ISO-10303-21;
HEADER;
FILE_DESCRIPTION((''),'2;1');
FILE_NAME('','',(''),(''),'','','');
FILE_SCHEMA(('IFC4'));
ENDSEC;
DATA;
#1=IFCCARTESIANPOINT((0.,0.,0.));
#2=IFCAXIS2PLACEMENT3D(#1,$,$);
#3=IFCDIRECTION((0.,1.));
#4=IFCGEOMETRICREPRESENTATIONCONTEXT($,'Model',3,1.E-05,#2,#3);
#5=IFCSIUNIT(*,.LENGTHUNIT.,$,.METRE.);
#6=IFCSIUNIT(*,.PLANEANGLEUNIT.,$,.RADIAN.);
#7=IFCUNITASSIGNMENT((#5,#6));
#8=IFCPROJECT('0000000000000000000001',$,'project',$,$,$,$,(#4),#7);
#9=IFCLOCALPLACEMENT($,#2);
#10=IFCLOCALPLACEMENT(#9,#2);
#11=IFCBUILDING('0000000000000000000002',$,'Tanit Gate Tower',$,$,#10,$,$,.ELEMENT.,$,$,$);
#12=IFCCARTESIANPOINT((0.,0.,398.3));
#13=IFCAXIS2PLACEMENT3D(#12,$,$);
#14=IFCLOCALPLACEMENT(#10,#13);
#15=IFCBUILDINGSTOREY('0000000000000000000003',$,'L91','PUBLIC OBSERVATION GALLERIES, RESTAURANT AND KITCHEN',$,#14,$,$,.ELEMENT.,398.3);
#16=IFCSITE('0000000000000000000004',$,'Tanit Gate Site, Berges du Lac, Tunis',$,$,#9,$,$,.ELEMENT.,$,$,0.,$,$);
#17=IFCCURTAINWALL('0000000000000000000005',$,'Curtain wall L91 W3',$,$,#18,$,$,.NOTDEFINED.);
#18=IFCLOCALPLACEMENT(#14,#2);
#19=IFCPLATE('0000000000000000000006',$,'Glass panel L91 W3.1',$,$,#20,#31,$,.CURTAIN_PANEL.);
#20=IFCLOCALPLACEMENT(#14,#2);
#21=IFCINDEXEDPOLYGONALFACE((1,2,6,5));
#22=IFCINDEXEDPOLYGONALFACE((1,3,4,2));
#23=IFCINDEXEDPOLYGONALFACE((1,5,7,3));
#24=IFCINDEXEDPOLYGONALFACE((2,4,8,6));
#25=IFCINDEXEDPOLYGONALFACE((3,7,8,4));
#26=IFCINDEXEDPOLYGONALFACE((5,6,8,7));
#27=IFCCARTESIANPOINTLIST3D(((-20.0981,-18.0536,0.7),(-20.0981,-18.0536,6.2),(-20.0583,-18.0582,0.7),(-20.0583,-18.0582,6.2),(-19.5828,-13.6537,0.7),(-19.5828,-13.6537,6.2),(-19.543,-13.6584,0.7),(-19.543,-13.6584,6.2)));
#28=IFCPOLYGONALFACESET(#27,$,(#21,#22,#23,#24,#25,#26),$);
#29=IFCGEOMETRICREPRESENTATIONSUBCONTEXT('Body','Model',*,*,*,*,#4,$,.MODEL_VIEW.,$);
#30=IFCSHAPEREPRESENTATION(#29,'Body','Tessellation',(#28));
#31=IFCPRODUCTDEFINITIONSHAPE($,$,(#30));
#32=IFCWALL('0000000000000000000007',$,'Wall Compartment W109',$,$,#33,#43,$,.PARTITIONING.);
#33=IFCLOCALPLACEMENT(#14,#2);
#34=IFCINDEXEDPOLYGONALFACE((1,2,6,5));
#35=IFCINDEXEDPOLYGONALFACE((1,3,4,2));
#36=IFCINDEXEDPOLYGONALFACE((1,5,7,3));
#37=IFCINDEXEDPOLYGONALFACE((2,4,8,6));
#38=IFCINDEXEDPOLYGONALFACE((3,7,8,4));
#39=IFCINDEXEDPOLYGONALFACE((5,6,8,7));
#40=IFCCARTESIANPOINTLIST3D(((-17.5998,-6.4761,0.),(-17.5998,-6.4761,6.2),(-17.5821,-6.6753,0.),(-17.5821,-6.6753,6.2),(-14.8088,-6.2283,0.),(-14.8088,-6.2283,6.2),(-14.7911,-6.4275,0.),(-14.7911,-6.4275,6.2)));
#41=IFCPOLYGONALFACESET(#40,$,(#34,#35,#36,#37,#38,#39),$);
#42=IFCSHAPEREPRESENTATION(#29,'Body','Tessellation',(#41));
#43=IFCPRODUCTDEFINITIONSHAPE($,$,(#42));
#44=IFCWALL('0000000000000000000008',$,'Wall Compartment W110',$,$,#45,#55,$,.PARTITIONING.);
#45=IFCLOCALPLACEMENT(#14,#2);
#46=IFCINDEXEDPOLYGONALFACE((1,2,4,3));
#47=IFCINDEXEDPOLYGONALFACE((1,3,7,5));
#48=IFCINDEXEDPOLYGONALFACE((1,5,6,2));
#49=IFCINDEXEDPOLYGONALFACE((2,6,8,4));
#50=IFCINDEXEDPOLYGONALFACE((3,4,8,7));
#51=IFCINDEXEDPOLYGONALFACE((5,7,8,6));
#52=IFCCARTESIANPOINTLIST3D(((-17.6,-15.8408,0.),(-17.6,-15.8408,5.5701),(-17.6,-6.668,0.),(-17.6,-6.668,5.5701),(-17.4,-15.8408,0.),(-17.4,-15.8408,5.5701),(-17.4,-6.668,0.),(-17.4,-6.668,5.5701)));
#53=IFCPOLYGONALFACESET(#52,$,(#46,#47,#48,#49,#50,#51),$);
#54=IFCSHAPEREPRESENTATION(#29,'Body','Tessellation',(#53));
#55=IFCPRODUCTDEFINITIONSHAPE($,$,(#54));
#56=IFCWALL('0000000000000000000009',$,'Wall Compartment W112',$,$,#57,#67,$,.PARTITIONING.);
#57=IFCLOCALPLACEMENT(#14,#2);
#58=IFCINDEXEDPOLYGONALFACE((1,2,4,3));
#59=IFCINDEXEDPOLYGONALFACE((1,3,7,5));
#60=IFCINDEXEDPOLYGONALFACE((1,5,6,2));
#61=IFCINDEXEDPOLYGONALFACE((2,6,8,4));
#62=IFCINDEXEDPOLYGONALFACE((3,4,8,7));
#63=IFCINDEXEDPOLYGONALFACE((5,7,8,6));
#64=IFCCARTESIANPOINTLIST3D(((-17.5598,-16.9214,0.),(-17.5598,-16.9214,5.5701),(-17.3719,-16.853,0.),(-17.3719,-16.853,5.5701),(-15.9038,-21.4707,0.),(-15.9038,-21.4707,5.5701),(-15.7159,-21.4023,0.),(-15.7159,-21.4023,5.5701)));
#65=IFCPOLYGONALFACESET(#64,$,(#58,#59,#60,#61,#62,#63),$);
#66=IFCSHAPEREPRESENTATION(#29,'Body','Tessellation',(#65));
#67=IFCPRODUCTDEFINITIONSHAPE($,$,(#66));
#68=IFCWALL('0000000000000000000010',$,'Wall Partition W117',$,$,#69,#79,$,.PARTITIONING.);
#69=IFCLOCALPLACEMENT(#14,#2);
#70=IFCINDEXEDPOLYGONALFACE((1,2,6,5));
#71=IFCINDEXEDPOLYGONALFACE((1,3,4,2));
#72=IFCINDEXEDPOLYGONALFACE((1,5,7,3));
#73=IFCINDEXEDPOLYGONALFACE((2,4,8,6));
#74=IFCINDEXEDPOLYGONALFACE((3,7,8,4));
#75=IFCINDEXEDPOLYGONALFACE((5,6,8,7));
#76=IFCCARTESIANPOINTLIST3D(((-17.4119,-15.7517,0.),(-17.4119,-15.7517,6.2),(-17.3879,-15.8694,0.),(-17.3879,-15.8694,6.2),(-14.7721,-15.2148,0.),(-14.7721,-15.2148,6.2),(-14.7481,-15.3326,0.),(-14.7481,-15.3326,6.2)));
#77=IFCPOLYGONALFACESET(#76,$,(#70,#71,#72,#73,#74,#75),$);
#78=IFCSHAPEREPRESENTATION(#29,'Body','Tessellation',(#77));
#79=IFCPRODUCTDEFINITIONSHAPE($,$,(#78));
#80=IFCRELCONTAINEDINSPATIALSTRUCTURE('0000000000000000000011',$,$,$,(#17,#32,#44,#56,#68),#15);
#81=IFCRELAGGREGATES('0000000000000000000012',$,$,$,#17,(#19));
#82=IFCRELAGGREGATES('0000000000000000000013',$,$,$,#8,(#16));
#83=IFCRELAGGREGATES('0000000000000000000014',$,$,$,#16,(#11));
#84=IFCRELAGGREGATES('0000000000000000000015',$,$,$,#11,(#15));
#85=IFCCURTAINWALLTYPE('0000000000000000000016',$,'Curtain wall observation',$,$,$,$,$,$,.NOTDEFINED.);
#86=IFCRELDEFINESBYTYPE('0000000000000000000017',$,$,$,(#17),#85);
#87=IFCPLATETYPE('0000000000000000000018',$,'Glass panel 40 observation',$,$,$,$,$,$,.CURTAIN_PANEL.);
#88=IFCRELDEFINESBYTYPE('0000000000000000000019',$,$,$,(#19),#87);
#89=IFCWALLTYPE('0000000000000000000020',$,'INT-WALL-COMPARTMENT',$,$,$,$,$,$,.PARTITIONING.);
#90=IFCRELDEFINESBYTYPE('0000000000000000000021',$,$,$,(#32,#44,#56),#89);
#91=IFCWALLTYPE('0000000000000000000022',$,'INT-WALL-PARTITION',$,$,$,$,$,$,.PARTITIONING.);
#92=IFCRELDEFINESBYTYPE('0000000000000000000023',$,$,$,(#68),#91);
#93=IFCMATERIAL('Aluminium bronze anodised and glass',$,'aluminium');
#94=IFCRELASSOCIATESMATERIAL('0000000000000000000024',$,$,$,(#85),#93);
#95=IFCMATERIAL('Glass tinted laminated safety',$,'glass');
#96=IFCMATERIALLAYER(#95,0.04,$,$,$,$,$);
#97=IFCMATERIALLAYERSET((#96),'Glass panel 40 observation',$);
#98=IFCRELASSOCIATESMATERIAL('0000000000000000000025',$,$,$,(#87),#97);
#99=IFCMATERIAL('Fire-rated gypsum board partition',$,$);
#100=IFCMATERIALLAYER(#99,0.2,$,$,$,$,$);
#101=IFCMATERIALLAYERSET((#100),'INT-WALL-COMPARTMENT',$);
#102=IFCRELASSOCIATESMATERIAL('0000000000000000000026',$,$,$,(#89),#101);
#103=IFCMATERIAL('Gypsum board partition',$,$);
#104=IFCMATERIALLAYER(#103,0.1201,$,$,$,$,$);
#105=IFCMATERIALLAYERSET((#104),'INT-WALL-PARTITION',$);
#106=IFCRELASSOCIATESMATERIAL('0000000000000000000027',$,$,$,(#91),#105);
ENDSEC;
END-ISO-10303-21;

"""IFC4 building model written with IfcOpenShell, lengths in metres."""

from ifc_helpers import new_model, si_unit, direction, frame, frame_2d, origin, origin_2d, place, context, subcontext, project, spatial, rectangle, extrude, material, layer, layer_set, type_object, element, aggregate, save


model = new_model("IFC4")

# Units and contexts
model_context = context("Model", 3, precision=1e-05, world=origin(), true_north=direction((0.0, 1.0)))
body_context = subcontext(model_context, "Body", "Model", "MODEL_VIEW")
ifc_project = project(units=[si_unit("LENGTHUNIT", "METRE"), si_unit("PLANEANGLEUNIT", "RADIAN")], contexts=[model_context])

# Site, building, storey
site_placement = place(None, origin())
site = spatial("IfcSite", under=ifc_project, at=site_placement, Name="Tanit Gate Site, Berges du Lac, Tunis", CompositionType="ELEMENT", RefElevation=0.0)
building_placement = place(site_placement, origin())
building = spatial("IfcBuilding", under=site, at=building_placement, Name="Tanit Gate Tower", CompositionType="ELEMENT")
storey_placement = place(building_placement, frame((0.0, 0.0, 398.3)))
storey = spatial("IfcBuildingStorey", under=building, at=storey_placement, Name="L91", Description="PUBLIC OBSERVATION GALLERIES, RESTAURANT AND KITCHEN", CompositionType="ELEMENT", Elevation=398.3)

# Shared definitions
ifc_material_1 = material(Name="Aluminium bronze anodised and glass", Category="aluminium")
curtain_wall_type = type_object("IfcCurtainWallType", Name="Curtain wall observation", PredefinedType="NOTDEFINED", material=ifc_material_1)

# Curtain wall
curtain_wall_1_placement = place(storey_placement, origin())
curtain_wall_1 = element("IfcCurtainWall", 1, at=curtain_wall_1_placement, inside=storey, type_object=curtain_wall_type, Name="Curtain wall L91 W3", PredefinedType="NOTDEFINED")

# Plate
ifc_material_2 = material(Name="Glass tinted laminated safety", Category="glass")
ifc_layer_1 = layer(ifc_material_2, 0.04)
ifc_layer_set_1 = layer_set([ifc_layer_1], Name="Glass panel 40 observation")
plate_type = type_object("IfcPlateType", Name="Glass panel 40 observation", PredefinedType="CURTAIN_PANEL", material=ifc_layer_set_1)
plate_1_placement = place(storey_placement, frame((-19.8206, -15.856, 0.7), z_axis=(0.0, 0.0, 1.0), x_axis=(-0.116318, -0.993212, 0.0)))
plate_1 = element("IfcPlate", 2, at=plate_1_placement, type_object=plate_type, Name="Glass panel L91 W3.1", PredefinedType="CURTAIN_PANEL", context=body_context, shape_type="SweptSolid", body=[
    extrude(rectangle(XDim=4.4299, YDim=0.04, at=origin_2d()), origin(), (0.0, 0.0, 1.0), 5.5),
])
aggregate(curtain_wall_1, [plate_1])

# Walls
ifc_material_3 = material(Name="Fire-rated gypsum board partition")
ifc_layer_2 = layer(ifc_material_3, 0.2)
ifc_layer_set_2 = layer_set([ifc_layer_2], Name="INT-WALL-COMPARTMENT")
wall_type_1 = type_object("IfcWallType", Name="INT-WALL-COMPARTMENT", PredefinedType="PARTITIONING", material=ifc_layer_set_2)
wall_1_placement = place(storey_placement, frame((-14.8, -6.3279, 0.0), z_axis=(0.0, 0.0, 1.0), x_axis=(-0.996082, -0.088438, 0.0)))
element("IfcWall", 3, at=wall_1_placement, inside=storey, type_object=wall_type_1, Name="Wall Compartment W109", PredefinedType="PARTITIONING", context=body_context, shape_type="SweptSolid", body=[
    extrude(rectangle(XDim=2.802, YDim=0.2, at=frame_2d((1.4009, 0.0))), origin(), (0.0, 0.0, 1.0), 6.2),
])
wall_2_placement = place(storey_placement, frame((-17.5, -15.8408, 0.0), z_axis=(0.0, 0.0, 1.0), x_axis=(0.0, 1.0, 0.0)))
element("IfcWall", 4, at=wall_2_placement, inside=storey, type_object=wall_type_1, Name="Wall Compartment W110", PredefinedType="PARTITIONING", context=body_context, shape_type="SweptSolid", body=[
    extrude(rectangle(XDim=9.1729, YDim=0.2, at=frame_2d((4.5864, 0.0))), origin(), (0.0, 0.0, 1.0), 5.5701),
])
wall_3_placement = place(storey_placement, frame((-17.4658, -16.8872, 0.0), z_axis=(0.0, 0.0, 1.0), x_axis=(0.342055, -0.93968, 0.0)))
element("IfcWall", 5, at=wall_3_placement, inside=storey, type_object=wall_type_1, Name="Wall Compartment W112", PredefinedType="PARTITIONING", context=body_context, shape_type="SweptSolid", body=[
    extrude(rectangle(XDim=4.8413, YDim=0.2, at=frame_2d((2.4207, 0.0))), origin(), (0.0, 0.0, 1.0), 5.5701),
])
ifc_material_4 = material(Name="Gypsum board partition")
ifc_layer_3 = layer(ifc_material_4, 0.1201)
ifc_layer_set_3 = layer_set([ifc_layer_3], Name="INT-WALL-PARTITION")
wall_type_2 = type_object("IfcWallType", Name="INT-WALL-PARTITION", PredefinedType="PARTITIONING", material=ifc_layer_set_3)
wall_4_placement = place(storey_placement, frame((-17.3999, -15.8105, 0.0), z_axis=(0.0, 0.0, 1.0), x_axis=(0.979941, 0.199287, 0.0)))
element("IfcWall", 6, at=wall_4_placement, inside=storey, type_object=wall_type_2, Name="Wall Partition W117", PredefinedType="PARTITIONING", context=body_context, shape_type="SweptSolid", body=[
    extrude(rectangle(XDim=2.6938, YDim=0.1201, at=frame_2d((1.3469, 0.0))), origin(), (0.0, 0.0, 1.0), 6.2),
])

save(model, "model.ifc")
